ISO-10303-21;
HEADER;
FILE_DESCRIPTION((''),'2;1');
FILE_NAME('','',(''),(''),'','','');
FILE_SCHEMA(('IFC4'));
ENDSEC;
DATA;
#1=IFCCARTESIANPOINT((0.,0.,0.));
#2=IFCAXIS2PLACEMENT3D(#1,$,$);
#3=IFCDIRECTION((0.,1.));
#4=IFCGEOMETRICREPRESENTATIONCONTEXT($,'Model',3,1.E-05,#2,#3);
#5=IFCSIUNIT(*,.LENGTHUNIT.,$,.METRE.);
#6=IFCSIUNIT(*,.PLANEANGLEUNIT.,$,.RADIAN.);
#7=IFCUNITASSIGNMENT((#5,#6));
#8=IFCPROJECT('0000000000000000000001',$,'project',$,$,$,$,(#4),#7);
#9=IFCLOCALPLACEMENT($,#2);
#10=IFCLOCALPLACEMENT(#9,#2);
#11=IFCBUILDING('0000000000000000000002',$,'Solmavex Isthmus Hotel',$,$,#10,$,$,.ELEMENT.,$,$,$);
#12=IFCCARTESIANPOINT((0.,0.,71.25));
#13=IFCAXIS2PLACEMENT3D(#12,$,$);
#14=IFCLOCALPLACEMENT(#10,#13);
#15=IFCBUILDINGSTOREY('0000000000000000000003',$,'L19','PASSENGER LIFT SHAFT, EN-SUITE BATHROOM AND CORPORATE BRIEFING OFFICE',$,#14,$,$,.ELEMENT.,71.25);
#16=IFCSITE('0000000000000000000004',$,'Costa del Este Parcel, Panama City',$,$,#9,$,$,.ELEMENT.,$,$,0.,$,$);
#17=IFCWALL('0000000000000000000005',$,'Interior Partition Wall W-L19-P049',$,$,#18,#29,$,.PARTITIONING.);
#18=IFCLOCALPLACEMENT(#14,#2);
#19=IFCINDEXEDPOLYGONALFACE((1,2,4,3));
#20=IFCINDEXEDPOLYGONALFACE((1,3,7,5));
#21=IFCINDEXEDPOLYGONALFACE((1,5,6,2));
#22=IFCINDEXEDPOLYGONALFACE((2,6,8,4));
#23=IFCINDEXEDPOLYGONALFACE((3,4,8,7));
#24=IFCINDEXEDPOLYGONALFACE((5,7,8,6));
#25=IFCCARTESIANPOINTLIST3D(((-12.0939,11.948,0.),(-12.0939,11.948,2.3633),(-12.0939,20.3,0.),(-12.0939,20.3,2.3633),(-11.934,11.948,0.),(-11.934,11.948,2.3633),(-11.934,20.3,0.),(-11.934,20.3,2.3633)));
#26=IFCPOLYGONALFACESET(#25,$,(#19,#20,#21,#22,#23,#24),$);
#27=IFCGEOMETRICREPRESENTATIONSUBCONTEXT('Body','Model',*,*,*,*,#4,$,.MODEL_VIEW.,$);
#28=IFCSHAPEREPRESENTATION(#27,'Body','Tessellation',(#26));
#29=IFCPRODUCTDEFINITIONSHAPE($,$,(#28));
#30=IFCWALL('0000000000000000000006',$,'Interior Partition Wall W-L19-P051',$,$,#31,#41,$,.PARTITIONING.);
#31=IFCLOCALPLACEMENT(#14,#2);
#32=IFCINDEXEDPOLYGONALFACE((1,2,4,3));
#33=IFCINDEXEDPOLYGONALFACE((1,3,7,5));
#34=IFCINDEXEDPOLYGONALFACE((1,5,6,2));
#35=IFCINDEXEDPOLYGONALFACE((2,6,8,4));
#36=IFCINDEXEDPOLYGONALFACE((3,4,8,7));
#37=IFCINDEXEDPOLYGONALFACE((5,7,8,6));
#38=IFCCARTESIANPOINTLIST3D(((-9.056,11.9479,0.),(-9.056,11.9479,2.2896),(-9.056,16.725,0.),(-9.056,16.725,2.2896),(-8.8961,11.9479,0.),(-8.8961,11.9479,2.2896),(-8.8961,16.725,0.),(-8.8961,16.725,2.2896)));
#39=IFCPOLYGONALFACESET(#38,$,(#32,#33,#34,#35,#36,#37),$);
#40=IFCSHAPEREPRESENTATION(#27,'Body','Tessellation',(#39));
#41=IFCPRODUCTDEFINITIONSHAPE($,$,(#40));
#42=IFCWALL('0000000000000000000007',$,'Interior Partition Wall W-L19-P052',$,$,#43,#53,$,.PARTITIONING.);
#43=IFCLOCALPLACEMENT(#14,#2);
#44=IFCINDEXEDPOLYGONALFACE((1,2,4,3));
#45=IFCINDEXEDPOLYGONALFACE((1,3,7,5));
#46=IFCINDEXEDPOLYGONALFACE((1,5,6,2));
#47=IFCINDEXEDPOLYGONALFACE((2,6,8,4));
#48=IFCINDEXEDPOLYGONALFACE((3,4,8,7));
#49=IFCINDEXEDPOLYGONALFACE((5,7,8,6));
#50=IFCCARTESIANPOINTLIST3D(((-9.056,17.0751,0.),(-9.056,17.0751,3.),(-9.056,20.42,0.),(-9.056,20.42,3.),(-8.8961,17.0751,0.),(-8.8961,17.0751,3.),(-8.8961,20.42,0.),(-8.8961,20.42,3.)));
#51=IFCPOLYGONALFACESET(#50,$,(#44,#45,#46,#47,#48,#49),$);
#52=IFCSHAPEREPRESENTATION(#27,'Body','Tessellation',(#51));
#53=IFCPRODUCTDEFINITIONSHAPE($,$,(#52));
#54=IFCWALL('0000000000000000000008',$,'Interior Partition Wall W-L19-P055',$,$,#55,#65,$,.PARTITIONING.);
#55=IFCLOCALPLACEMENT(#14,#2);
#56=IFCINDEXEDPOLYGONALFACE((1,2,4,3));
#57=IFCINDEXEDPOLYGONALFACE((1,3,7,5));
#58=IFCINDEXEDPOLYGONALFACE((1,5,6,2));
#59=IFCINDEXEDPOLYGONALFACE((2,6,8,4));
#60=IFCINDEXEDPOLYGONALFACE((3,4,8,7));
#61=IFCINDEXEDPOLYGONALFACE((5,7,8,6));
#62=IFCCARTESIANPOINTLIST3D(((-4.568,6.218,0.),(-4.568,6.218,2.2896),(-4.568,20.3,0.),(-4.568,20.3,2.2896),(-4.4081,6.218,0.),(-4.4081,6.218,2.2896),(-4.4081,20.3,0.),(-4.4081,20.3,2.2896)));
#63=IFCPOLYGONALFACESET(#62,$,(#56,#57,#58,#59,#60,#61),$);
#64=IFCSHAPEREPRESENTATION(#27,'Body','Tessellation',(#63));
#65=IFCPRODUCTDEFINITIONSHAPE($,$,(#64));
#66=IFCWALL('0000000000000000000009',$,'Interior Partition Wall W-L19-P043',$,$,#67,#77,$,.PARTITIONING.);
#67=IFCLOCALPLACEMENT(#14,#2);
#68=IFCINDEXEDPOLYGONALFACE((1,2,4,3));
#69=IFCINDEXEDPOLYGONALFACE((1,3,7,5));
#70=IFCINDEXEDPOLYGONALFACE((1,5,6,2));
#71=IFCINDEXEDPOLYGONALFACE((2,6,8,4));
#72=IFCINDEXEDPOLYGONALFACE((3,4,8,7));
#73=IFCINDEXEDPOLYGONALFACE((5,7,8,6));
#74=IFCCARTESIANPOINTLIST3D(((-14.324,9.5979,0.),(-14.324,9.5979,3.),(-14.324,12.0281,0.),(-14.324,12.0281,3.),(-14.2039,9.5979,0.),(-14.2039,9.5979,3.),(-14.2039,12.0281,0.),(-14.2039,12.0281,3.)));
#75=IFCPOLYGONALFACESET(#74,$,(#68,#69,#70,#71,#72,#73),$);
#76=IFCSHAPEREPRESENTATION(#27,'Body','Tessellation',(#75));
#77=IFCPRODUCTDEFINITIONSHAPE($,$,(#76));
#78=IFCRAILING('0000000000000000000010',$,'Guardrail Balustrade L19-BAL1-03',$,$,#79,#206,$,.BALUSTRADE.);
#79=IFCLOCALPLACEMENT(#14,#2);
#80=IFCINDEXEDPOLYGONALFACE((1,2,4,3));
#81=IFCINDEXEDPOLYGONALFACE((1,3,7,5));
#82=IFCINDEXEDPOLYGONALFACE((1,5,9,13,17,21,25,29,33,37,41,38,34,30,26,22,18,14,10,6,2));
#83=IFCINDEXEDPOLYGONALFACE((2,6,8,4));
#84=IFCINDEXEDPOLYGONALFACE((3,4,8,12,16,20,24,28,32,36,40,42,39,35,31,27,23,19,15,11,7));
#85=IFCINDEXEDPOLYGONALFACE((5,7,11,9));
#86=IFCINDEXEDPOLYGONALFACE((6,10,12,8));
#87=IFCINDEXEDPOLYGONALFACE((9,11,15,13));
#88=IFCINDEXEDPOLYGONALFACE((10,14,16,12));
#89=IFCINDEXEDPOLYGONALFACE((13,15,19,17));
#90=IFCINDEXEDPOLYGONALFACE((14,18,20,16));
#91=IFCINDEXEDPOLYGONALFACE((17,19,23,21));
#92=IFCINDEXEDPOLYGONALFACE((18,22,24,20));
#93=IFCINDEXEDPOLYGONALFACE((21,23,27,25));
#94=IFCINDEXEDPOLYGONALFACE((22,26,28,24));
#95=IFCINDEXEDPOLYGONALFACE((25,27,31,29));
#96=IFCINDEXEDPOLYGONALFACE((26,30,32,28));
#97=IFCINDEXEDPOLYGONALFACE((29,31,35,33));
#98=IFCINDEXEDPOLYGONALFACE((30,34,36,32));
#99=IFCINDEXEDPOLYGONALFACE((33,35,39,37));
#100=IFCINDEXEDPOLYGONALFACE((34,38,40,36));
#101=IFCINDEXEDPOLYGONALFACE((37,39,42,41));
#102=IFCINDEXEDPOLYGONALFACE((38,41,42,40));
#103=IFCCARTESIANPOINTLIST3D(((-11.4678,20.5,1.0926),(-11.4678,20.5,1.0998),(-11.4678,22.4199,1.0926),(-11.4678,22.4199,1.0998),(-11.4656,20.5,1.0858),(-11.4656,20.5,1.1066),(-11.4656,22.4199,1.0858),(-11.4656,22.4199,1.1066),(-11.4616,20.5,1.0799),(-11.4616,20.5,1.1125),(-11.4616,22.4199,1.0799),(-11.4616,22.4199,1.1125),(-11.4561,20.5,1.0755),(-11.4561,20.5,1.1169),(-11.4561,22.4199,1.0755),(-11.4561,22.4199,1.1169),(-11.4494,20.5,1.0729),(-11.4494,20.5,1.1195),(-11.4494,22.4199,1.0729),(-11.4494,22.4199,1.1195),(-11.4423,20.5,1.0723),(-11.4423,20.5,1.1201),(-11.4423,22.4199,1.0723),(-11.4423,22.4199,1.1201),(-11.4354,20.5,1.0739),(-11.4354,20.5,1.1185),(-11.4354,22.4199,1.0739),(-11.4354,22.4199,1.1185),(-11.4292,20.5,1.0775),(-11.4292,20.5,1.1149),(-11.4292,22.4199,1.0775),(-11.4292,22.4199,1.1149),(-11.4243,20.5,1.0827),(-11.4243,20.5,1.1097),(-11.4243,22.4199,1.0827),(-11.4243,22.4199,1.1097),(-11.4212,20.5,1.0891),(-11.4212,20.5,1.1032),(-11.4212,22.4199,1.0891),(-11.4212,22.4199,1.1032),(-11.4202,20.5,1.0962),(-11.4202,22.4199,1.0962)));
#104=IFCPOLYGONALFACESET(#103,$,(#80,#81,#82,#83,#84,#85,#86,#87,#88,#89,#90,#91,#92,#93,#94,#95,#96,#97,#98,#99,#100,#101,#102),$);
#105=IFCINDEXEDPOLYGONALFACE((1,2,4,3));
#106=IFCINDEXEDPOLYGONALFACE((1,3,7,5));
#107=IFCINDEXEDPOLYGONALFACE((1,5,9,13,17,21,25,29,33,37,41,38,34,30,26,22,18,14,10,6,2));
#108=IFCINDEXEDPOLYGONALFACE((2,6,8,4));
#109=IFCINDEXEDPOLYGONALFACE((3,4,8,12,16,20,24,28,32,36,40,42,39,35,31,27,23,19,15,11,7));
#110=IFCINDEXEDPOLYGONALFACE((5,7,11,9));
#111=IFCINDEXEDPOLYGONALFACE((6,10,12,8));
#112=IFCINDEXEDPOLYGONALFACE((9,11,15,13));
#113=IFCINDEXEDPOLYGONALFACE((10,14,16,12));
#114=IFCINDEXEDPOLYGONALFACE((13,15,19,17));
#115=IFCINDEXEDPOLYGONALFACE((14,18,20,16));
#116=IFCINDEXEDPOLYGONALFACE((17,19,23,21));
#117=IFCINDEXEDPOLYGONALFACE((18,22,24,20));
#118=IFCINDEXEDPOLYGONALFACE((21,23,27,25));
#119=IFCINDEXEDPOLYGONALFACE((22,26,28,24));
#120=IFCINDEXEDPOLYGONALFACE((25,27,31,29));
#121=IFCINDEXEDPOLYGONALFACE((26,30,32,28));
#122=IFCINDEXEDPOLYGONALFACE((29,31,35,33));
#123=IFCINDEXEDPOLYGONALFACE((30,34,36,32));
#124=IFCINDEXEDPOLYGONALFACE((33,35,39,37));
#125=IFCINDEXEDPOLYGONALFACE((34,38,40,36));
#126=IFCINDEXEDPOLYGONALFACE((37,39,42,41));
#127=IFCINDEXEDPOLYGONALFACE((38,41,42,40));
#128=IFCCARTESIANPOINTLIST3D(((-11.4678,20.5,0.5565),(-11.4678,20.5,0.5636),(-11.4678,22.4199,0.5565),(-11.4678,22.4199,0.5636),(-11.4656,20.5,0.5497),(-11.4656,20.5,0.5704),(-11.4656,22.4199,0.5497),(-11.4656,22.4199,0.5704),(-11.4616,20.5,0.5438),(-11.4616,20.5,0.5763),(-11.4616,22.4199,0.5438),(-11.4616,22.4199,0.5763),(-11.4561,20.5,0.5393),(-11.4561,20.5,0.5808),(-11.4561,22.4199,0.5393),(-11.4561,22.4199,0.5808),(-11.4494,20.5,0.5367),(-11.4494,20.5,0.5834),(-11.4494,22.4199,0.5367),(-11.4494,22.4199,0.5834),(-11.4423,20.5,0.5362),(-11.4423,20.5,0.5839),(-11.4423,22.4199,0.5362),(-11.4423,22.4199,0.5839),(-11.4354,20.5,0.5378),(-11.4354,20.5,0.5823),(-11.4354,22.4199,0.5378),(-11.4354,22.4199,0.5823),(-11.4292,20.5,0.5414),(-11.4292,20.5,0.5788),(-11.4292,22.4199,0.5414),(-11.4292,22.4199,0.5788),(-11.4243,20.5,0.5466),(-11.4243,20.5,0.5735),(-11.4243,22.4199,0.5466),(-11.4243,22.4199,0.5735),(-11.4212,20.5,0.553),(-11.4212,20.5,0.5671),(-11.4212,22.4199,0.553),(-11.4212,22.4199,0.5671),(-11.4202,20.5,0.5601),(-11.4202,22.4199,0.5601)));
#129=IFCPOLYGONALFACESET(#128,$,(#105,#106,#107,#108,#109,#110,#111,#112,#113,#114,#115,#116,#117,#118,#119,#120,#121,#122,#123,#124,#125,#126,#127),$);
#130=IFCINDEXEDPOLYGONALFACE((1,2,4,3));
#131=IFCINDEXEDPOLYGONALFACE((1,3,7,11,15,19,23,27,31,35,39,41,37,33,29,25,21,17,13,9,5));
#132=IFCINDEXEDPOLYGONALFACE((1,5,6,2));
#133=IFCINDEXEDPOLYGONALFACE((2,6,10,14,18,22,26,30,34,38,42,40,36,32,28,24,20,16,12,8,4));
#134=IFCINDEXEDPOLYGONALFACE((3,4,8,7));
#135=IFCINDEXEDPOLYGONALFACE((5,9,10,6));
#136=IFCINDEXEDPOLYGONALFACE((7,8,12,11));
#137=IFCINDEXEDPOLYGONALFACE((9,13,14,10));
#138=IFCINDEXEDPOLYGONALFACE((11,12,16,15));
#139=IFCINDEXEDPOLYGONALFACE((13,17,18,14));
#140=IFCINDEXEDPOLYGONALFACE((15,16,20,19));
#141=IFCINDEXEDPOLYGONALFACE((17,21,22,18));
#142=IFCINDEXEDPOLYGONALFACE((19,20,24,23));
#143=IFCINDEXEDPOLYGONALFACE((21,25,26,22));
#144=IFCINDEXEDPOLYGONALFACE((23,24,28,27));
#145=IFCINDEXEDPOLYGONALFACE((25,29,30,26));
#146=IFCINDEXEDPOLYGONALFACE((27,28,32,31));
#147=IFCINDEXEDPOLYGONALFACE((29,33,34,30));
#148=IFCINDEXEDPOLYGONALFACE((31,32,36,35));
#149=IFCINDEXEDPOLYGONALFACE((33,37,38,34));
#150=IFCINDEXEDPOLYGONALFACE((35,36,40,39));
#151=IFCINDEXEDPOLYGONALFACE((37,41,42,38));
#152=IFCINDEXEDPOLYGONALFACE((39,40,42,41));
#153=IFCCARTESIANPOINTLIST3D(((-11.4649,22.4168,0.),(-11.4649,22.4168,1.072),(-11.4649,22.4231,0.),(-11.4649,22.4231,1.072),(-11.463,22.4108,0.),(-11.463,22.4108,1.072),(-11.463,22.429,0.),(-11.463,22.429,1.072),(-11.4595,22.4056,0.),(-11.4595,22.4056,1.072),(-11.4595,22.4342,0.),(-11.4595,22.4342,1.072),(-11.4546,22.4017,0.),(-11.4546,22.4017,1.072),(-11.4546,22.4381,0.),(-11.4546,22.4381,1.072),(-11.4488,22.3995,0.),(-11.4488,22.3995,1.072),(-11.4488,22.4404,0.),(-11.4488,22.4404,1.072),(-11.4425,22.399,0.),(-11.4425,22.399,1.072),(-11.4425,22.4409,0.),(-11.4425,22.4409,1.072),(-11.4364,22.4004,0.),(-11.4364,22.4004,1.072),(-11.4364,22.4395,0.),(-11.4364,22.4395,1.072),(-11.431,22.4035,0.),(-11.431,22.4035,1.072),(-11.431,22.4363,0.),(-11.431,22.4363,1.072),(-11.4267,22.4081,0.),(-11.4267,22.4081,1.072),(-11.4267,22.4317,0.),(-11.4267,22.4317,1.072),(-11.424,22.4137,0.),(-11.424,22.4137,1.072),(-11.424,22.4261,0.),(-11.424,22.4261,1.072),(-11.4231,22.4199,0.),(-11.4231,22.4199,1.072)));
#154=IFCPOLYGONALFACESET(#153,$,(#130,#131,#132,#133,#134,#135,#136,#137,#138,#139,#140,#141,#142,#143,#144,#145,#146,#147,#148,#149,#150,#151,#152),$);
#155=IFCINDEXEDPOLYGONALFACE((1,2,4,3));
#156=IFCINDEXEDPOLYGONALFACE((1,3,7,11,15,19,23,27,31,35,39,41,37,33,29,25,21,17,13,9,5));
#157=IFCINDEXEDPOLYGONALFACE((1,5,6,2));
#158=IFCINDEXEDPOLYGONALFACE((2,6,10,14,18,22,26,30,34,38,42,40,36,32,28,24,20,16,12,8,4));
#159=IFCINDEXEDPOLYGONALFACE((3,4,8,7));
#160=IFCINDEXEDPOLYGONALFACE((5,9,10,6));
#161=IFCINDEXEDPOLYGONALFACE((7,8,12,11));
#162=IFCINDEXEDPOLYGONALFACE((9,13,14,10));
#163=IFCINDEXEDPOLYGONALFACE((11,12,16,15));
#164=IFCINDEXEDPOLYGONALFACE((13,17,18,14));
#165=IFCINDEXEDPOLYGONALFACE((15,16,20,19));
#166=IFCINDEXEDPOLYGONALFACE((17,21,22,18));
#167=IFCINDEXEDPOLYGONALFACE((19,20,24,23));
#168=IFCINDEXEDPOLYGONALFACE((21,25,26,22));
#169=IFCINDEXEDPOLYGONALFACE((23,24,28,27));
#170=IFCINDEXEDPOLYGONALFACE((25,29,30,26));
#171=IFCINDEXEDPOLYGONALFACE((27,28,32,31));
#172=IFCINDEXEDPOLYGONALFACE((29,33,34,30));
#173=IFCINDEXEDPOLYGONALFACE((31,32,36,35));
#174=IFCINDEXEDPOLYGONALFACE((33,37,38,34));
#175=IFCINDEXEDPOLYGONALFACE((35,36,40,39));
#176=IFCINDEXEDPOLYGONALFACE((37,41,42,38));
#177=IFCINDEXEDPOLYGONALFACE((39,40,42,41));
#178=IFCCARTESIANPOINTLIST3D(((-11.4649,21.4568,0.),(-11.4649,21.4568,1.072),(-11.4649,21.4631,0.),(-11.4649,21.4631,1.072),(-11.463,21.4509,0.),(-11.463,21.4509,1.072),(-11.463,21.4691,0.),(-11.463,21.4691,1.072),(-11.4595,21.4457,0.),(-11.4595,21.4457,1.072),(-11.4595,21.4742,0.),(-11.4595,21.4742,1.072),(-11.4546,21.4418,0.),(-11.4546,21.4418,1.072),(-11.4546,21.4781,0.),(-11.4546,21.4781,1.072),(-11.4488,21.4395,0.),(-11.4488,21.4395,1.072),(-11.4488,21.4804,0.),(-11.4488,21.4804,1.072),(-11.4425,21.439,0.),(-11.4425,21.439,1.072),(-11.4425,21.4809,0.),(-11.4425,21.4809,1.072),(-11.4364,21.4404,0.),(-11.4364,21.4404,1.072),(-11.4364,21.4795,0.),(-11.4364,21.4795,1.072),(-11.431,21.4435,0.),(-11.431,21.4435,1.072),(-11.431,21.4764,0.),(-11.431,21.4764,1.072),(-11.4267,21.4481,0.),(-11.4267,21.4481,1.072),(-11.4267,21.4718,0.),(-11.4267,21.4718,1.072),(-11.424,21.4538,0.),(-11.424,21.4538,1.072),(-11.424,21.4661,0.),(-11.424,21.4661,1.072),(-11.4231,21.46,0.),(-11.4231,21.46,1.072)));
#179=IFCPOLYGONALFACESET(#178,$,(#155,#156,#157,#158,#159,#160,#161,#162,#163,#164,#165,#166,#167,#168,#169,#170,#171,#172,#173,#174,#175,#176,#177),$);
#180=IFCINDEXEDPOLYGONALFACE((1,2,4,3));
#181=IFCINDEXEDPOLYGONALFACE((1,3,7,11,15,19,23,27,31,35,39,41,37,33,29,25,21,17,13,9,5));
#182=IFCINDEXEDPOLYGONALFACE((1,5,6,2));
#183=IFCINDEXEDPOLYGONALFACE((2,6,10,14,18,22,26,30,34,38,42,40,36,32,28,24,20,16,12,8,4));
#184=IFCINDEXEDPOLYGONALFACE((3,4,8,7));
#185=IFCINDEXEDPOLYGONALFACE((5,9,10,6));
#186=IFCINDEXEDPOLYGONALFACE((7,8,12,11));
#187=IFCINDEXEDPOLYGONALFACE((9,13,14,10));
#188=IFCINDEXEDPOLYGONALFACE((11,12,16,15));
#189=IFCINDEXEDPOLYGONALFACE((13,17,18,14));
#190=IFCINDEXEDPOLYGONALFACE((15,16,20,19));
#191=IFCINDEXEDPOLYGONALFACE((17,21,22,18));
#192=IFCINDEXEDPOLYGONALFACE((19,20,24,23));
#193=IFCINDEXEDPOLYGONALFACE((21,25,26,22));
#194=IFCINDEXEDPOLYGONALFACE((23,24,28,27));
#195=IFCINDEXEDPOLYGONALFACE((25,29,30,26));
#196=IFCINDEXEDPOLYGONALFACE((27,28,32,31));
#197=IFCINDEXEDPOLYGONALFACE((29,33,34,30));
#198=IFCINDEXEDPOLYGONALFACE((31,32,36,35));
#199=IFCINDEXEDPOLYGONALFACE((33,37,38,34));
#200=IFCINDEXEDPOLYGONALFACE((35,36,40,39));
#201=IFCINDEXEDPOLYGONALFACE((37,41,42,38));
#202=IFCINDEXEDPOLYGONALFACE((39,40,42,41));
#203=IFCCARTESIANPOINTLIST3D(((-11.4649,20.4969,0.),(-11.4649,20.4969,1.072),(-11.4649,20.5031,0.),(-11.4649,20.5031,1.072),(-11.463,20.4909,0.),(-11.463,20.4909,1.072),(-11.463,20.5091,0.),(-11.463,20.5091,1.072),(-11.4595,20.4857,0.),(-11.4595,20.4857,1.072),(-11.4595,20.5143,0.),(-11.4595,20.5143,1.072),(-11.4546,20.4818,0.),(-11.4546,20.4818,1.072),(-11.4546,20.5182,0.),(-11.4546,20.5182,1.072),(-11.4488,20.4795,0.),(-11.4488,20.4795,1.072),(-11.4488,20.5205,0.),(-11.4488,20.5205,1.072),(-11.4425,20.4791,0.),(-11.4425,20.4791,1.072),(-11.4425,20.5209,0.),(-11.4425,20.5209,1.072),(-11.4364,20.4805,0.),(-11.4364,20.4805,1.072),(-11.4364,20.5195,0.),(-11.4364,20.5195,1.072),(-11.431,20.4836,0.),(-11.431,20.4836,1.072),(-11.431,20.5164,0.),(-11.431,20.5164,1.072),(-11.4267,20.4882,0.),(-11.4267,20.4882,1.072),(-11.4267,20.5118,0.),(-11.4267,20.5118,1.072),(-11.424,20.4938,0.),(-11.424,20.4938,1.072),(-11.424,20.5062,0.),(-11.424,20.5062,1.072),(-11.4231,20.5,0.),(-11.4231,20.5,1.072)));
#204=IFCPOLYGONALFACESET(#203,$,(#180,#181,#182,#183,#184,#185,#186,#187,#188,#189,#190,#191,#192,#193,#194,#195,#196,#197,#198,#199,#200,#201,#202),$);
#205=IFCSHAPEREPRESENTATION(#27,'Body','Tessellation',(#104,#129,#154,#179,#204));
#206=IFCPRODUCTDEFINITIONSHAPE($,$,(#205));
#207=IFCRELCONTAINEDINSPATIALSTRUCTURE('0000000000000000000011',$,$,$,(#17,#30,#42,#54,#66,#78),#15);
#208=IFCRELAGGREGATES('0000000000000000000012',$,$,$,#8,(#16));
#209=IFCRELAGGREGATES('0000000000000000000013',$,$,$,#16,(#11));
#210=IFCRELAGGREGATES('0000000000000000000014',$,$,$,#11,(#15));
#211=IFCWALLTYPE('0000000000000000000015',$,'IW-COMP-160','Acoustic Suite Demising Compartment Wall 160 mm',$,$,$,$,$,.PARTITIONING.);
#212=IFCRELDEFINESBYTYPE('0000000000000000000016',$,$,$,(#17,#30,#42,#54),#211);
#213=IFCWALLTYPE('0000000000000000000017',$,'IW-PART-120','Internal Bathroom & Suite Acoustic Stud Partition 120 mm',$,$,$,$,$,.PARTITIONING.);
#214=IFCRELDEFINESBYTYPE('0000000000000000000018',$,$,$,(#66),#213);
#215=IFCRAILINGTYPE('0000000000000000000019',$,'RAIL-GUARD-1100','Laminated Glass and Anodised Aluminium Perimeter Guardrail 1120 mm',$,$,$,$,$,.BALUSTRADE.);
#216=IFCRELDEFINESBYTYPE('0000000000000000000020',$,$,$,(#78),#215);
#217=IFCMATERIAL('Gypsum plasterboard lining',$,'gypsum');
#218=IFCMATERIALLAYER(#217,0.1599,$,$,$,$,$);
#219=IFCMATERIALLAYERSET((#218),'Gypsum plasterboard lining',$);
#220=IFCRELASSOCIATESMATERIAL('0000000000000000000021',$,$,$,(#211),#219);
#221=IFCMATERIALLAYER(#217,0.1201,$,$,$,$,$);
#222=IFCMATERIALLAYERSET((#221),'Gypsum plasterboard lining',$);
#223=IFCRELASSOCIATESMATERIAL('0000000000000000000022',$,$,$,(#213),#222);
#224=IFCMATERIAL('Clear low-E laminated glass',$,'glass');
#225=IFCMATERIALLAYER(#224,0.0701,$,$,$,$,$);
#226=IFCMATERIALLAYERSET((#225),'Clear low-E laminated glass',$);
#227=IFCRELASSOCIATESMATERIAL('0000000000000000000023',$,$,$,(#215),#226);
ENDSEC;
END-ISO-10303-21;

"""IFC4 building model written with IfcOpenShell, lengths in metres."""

from ifc_helpers import new_model, si_unit, direction, frame, frame_2d, origin, origin_2d, place, context, subcontext, project, spatial, rectangle, circle, extrude, material, layer, layer_set, type_object, element, save


model = new_model("IFC4")

# Units and contexts
model_context = context("Model", 3, precision=1e-05, world=origin(), true_north=direction((0.0, 1.0)))
body_context = subcontext(model_context, "Body", "Model", "MODEL_VIEW")
ifc_project = project(units=[si_unit("LENGTHUNIT", "METRE"), si_unit("PLANEANGLEUNIT", "RADIAN")], contexts=[model_context])

# Site, building, storey
site_placement = place(None, origin())
site = spatial("IfcSite", under=ifc_project, at=site_placement, Name="Costa del Este Parcel, Panama City", CompositionType="ELEMENT", RefElevation=0.0)
building_placement = place(site_placement, origin())
building = spatial("IfcBuilding", under=site, at=building_placement, Name="Solmavex Isthmus Hotel", CompositionType="ELEMENT")
storey_placement = place(building_placement, frame((0.0, 0.0, 71.25)))
storey = spatial("IfcBuildingStorey", under=building, at=storey_placement, Name="L19", Description="PASSENGER LIFT SHAFT, EN-SUITE BATHROOM AND CORPORATE BRIEFING OFFICE", CompositionType="ELEMENT", Elevation=71.25)

# Shared definitions
ifc_material_1 = material(Name="Clear low-E laminated glass", Category="glass")

# Walls
ifc_material_2 = material(Name="Gypsum plasterboard lining", Category="gypsum")
ifc_layer_1 = layer(ifc_material_2, 0.1599)
ifc_layer_set_1 = layer_set([ifc_layer_1], Name="Gypsum plasterboard lining")
wall_type_1 = type_object("IfcWallType", Name="IW-COMP-160", Description="Acoustic Suite Demising Compartment Wall 160 mm", PredefinedType="PARTITIONING", material=ifc_layer_set_1)
wall_1_placement = place(storey_placement, frame((-12.0139, 20.3, 0.0), z_axis=(0.0, 0.0, 1.0), x_axis=(0.0, -1.0, 0.0)))
element("IfcWall", 1, at=wall_1_placement, inside=storey, type_object=wall_type_1, Name="Interior Partition Wall W-L19-P049", PredefinedType="PARTITIONING", context=body_context, shape_type="SweptSolid", body=[
    extrude(rectangle(XDim=8.3521, YDim=0.1599, at=frame_2d((4.176, 0.0))), origin(), (0.0, 0.0, 1.0), 2.3633),
])
wall_2_placement = place(storey_placement, frame((-8.9761, 16.7251, 0.0), z_axis=(0.0, 0.0, 1.0), x_axis=(0.0, -1.0, 0.0)))
element("IfcWall", 2, at=wall_2_placement, inside=storey, type_object=wall_type_1, Name="Interior Partition Wall W-L19-P051", PredefinedType="PARTITIONING", context=body_context, shape_type="SweptSolid", body=[
    extrude(rectangle(XDim=4.7771, YDim=0.1599, at=frame_2d((2.3887, 0.0))), origin(), (0.0, 0.0, 1.0), 2.2896),
])
wall_3_placement = place(storey_placement, frame((-8.9761, 20.4199, 0.0), z_axis=(0.0, 0.0, 1.0), x_axis=(0.0, -1.0, 0.0)))
element("IfcWall", 3, at=wall_3_placement, inside=storey, type_object=wall_type_1, Name="Interior Partition Wall W-L19-P052", PredefinedType="PARTITIONING", context=body_context, shape_type="SweptSolid", body=[
    extrude(rectangle(XDim=3.345, YDim=0.1599, at=frame_2d((1.6724, 0.0))), origin(), (0.0, 0.0, 1.0), 3.0),
])
wall_4_placement = place(storey_placement, frame((-4.488, 20.3, 0.0), z_axis=(0.0, 0.0, 1.0), x_axis=(0.0, -1.0, 0.0)))
element("IfcWall", 4, at=wall_4_placement, inside=storey, type_object=wall_type_1, Name="Interior Partition Wall W-L19-P055", PredefinedType="PARTITIONING", context=body_context, shape_type="SweptSolid", body=[
    extrude(rectangle(XDim=14.082, YDim=0.1599, at=frame_2d((7.041, 0.0))), origin(), (0.0, 0.0, 1.0), 2.2896),
])
ifc_layer_2 = layer(ifc_material_2, 0.1201)
ifc_layer_set_2 = layer_set([ifc_layer_2], Name="Gypsum plasterboard lining")
wall_type_2 = type_object("IfcWallType", Name="IW-PART-120", Description="Internal Bathroom & Suite Acoustic Stud Partition 120 mm", PredefinedType="PARTITIONING", material=ifc_layer_set_2)
wall_5_placement = place(storey_placement, frame((-14.2639, 12.0281, 0.0), z_axis=(0.0, 0.0, 1.0), x_axis=(0.0, -1.0, 0.0)))
element("IfcWall", 5, at=wall_5_placement, inside=storey, type_object=wall_type_2, Name="Interior Partition Wall W-L19-P043", PredefinedType="PARTITIONING", context=body_context, shape_type="SweptSolid", body=[
    extrude(rectangle(XDim=2.4302, YDim=0.1201, at=frame_2d((1.2151, 0.0))), origin(), (0.0, 0.0, 1.0), 3.0),
])

# Railing
ifc_layer_3 = layer(ifc_material_1, 0.0701)
ifc_layer_set_3 = layer_set([ifc_layer_3], Name="Clear low-E laminated glass")
railing_type = type_object("IfcRailingType", Name="RAIL-GUARD-1100", Description="Laminated Glass and Anodised Aluminium Perimeter Guardrail 1120 mm", PredefinedType="BALUSTRADE", material=ifc_layer_set_3)
railing_placement = place(storey_placement, frame((-11.4441, 22.4199, 0.0)))
element("IfcRailing", 6, at=railing_placement, inside=storey, type_object=railing_type, Name="Guardrail Balustrade L19-BAL1-03", PredefinedType="BALUSTRADE", context=body_context, shape_type="SweptSolid", body=[
    extrude(circle(Radius=0.0239, at=origin_2d()), frame((0.0, 0.0, 1.0962), z_axis=(0.0, -1.0, 0.0), x_axis=(1.0, 0.0, 0.0)), (0.0, 0.0, 1.0), 1.9199),
    extrude(circle(Radius=0.0239, at=origin_2d()), frame((0.0, 0.0, 0.5601), z_axis=(0.0, -1.0, 0.0), x_axis=(1.0, 0.0, 0.0)), (0.0, 0.0, 1.0), 1.9199),
    extrude(circle(Radius=0.021, at=origin_2d()), origin(), (0.0, 0.0, 1.0), 1.072),
    extrude(circle(Radius=0.021, at=origin_2d()), frame((0.0, -0.96, 0.0)), (0.0, 0.0, 1.0), 1.072),
    extrude(circle(Radius=0.021, at=origin_2d()), frame((0.0, -1.9199, 0.0)), (0.0, 0.0, 1.0), 1.072),
])

save(model, "model.ifc")
